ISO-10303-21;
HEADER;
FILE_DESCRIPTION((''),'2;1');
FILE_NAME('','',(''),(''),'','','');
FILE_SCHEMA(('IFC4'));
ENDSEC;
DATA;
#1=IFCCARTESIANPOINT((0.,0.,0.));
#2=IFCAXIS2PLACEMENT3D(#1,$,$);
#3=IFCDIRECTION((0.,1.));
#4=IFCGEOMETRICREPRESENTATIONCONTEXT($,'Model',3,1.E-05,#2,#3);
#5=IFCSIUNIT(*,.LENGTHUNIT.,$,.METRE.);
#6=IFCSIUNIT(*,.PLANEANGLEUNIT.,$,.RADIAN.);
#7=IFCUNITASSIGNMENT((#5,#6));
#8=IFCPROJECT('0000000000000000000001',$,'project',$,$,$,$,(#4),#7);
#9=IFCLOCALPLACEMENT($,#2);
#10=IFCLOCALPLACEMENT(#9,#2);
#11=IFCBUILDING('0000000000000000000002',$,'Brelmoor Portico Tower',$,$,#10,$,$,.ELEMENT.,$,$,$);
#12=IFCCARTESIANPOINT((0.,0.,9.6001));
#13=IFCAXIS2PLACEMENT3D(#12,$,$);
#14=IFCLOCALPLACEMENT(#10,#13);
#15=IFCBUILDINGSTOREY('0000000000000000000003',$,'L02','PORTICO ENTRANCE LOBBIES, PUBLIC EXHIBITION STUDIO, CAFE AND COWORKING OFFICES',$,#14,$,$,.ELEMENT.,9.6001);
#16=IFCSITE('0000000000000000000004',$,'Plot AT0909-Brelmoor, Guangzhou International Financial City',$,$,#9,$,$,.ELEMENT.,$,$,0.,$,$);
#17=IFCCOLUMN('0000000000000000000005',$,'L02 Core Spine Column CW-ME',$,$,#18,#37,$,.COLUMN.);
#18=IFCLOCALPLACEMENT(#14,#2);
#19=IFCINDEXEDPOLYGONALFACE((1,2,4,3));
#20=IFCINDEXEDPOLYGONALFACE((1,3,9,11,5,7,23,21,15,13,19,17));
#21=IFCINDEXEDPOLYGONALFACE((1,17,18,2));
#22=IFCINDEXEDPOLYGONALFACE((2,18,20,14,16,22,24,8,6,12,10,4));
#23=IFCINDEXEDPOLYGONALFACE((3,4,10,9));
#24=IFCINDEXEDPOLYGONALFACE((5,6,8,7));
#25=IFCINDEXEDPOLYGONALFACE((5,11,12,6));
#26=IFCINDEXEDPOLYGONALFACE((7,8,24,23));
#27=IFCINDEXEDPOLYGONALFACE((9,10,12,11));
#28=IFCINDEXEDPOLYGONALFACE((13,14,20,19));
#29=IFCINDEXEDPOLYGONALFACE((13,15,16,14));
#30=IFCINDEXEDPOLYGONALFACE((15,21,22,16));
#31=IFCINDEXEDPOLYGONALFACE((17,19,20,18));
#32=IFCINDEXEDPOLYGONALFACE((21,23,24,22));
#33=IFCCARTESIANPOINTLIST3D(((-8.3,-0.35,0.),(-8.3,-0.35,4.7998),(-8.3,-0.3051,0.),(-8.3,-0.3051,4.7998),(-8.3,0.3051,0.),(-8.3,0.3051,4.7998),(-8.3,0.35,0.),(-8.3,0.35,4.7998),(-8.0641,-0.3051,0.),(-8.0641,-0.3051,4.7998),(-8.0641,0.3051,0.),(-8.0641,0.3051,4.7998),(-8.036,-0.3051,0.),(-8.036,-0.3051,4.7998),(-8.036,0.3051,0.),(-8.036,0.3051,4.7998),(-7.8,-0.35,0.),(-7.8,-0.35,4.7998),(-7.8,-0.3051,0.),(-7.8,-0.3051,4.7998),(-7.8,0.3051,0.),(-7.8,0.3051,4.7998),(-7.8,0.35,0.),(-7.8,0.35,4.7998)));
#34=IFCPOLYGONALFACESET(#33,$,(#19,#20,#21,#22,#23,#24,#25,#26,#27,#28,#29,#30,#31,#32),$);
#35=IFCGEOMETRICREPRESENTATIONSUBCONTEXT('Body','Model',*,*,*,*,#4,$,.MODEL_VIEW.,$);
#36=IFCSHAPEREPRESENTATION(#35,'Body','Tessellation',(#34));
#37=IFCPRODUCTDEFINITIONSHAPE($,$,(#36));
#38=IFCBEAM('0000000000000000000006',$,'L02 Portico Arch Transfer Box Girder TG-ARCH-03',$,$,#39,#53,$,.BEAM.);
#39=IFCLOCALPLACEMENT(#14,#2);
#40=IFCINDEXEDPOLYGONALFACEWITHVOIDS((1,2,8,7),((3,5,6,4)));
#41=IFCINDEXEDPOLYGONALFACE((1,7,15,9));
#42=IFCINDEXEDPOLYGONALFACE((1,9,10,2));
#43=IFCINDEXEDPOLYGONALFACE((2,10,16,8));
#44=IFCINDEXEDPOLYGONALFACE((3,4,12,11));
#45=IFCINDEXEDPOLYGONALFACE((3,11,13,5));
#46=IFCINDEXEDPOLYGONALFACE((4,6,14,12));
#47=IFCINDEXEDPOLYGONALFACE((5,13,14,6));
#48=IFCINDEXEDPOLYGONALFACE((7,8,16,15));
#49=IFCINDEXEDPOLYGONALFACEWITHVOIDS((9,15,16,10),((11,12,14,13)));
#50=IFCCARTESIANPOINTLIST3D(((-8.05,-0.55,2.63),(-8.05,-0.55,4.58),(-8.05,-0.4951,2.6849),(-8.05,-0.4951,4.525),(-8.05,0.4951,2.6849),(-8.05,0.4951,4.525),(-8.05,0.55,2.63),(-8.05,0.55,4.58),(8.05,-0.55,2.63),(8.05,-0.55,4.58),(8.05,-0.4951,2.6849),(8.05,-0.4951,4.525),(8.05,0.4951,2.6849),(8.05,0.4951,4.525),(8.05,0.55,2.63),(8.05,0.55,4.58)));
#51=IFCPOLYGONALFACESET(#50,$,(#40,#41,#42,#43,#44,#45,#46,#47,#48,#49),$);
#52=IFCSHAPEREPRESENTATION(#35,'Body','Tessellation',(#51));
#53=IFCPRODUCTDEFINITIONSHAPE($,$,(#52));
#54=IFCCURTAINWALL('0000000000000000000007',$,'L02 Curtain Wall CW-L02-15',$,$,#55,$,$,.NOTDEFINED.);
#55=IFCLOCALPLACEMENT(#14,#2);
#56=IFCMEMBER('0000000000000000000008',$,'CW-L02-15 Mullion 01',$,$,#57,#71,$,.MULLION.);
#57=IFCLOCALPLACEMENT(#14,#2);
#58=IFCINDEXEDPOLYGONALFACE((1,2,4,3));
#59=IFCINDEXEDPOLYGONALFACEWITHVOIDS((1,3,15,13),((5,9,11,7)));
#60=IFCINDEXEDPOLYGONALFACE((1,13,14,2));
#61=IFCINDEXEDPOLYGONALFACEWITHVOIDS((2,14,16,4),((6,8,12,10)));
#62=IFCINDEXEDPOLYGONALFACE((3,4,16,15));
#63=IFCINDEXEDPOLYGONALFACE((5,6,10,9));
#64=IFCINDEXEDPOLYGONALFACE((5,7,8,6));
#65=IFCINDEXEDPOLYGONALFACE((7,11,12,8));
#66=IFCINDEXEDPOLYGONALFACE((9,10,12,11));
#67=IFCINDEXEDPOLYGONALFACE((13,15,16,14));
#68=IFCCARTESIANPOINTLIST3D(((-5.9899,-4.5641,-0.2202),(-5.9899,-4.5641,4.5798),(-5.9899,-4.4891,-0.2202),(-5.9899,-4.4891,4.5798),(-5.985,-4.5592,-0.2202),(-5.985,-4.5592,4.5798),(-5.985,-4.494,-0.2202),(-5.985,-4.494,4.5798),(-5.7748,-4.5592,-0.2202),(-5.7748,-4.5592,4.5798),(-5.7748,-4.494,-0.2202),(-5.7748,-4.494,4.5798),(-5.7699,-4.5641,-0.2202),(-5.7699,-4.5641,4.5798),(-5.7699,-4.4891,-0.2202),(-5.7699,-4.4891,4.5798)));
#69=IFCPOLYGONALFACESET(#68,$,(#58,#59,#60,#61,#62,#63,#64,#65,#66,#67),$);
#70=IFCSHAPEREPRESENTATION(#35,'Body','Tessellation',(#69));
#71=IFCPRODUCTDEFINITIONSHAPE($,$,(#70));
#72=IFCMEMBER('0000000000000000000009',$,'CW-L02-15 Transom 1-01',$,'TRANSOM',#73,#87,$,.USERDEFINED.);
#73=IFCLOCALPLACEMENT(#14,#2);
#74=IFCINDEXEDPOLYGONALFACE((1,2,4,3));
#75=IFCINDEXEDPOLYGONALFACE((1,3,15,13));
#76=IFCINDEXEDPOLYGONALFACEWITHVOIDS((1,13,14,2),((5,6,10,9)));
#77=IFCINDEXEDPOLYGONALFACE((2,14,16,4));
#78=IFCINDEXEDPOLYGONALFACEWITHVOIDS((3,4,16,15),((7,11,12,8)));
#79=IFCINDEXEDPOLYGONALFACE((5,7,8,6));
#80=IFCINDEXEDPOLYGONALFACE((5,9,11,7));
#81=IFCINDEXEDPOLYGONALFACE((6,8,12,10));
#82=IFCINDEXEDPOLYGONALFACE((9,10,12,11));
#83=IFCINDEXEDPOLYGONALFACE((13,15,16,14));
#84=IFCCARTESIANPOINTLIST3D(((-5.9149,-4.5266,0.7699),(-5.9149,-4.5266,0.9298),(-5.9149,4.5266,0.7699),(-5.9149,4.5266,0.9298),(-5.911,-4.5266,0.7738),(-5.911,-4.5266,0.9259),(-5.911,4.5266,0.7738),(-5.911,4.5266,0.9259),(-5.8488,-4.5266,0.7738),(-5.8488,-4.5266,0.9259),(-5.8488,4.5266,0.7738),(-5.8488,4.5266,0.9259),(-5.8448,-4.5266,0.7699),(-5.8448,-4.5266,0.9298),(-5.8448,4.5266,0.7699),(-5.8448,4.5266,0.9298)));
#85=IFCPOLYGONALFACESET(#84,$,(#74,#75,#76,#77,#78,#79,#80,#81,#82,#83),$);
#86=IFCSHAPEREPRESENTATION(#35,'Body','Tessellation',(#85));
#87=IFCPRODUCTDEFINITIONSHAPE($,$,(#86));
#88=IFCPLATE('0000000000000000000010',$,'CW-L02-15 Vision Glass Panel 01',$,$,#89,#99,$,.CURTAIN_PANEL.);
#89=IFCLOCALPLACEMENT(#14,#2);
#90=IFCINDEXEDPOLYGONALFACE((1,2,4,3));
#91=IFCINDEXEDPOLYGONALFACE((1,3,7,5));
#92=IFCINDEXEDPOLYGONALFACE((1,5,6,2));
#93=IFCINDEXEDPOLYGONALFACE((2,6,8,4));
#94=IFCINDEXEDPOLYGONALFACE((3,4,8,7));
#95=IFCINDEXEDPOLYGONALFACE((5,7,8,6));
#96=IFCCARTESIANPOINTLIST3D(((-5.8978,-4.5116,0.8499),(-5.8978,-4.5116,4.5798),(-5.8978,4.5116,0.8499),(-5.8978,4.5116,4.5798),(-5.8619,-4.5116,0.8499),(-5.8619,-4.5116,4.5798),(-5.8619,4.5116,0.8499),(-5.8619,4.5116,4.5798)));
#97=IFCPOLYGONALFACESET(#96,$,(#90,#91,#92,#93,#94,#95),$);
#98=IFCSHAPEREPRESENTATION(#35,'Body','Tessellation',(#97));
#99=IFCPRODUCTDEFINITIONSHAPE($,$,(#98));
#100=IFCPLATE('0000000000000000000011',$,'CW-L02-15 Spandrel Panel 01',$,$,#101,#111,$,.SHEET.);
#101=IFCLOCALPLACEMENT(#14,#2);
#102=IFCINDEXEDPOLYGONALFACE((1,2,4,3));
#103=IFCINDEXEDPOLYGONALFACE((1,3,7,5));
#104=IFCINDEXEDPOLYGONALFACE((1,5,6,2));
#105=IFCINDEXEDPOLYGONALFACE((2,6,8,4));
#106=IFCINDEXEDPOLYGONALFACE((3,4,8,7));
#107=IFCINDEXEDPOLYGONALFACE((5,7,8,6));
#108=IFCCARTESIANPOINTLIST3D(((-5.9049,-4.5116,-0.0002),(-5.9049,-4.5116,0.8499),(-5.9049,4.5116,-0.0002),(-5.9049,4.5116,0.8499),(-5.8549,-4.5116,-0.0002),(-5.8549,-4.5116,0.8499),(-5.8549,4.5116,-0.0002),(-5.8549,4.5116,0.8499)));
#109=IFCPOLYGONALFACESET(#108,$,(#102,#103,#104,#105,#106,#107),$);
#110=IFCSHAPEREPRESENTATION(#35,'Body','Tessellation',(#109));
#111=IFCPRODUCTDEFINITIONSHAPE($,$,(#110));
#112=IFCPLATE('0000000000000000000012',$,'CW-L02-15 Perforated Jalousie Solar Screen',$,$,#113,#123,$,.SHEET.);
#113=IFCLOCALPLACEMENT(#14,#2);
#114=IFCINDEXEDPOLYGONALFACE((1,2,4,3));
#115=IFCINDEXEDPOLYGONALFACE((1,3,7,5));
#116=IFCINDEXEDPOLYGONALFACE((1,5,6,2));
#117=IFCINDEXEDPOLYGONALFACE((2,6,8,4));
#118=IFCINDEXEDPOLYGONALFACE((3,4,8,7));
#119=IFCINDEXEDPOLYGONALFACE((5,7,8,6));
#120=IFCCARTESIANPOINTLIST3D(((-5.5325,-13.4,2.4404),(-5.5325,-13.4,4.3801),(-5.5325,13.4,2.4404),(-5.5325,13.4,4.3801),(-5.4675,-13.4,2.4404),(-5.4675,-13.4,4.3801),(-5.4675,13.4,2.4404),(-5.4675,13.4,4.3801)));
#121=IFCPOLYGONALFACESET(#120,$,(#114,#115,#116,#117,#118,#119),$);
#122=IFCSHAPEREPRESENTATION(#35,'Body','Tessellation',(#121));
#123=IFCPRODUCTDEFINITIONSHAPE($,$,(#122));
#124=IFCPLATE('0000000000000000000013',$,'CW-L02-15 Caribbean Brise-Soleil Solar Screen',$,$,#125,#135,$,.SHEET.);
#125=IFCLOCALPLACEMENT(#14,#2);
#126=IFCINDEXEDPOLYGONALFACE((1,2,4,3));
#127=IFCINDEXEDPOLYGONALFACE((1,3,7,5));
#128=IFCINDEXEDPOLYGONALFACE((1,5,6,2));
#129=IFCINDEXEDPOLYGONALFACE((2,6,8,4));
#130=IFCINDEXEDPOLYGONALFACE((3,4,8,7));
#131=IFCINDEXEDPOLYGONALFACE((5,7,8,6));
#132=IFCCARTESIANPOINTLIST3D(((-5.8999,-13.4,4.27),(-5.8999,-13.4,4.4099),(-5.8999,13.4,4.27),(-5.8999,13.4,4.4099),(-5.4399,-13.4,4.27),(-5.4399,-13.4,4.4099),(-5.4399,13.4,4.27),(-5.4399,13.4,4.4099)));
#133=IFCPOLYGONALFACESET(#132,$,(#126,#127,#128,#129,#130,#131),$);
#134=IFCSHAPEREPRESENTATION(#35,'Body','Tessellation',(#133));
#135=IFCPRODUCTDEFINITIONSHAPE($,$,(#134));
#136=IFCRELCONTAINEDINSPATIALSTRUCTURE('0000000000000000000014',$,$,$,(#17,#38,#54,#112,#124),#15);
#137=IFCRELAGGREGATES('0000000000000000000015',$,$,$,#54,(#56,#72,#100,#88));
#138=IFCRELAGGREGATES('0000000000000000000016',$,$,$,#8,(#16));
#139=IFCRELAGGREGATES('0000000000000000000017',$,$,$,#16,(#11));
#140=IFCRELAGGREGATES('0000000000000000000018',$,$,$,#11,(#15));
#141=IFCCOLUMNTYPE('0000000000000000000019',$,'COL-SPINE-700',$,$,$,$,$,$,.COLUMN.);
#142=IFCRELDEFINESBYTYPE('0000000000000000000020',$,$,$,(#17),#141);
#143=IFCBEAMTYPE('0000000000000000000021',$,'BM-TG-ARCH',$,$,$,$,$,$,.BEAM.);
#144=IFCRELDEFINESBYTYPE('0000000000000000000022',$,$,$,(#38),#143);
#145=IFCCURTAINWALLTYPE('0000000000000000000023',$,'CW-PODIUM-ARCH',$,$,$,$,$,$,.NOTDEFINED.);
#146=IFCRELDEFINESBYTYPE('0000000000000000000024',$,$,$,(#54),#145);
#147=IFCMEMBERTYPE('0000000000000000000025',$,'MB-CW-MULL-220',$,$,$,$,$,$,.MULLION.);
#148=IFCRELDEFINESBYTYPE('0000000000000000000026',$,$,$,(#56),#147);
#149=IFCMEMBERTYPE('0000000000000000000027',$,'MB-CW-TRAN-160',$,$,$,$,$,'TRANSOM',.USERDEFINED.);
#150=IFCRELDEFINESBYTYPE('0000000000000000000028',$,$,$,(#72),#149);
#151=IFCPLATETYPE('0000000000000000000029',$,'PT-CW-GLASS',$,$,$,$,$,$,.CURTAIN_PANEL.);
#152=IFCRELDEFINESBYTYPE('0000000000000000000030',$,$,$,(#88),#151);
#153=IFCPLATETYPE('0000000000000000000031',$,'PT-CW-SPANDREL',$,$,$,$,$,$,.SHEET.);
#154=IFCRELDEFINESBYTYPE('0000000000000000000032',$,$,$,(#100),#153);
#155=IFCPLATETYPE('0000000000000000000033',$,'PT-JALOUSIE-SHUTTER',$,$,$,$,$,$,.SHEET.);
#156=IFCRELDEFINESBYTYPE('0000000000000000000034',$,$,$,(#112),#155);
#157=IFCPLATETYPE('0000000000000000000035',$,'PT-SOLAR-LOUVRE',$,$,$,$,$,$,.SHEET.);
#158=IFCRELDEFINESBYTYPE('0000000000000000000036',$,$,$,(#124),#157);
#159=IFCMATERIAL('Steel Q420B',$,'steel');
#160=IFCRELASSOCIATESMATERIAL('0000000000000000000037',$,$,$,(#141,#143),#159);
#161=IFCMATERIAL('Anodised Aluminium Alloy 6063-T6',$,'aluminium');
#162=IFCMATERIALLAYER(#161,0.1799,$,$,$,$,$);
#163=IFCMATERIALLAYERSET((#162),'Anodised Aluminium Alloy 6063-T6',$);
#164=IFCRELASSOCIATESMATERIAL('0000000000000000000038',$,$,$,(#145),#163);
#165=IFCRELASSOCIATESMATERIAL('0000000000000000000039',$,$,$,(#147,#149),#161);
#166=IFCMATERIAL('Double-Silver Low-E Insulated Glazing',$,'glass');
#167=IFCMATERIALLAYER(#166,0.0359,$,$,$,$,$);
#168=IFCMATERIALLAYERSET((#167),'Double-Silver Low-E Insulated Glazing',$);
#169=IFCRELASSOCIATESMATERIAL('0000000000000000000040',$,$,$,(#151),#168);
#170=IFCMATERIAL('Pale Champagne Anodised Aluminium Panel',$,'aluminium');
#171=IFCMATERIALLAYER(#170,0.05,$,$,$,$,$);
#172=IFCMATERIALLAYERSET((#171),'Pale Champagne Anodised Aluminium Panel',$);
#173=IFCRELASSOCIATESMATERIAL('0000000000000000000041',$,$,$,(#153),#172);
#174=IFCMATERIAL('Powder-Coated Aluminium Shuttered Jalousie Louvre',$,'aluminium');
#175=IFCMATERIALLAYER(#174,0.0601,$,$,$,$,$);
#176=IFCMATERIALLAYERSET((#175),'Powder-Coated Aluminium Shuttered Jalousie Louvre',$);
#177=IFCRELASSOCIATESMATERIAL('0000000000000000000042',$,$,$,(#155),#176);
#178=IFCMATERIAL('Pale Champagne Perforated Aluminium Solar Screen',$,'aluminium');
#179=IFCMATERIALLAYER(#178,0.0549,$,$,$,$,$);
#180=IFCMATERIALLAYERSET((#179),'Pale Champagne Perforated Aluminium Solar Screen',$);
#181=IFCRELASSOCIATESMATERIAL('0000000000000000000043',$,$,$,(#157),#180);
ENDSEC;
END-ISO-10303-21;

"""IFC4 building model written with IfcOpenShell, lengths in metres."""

from ifc_helpers import new_model, si_unit, direction, frame, origin, origin_2d, place, context, subcontext, project, spatial, rectangle, hollow_rectangle, i_section, extrude, material, layer, layer_set, material_profile, profile_set, type_object, element, aggregate, save


model = new_model("IFC4")

# Units and contexts
model_context = context("Model", 3, precision=1e-05, world=origin(), true_north=direction((0.0, 1.0)))
body_context = subcontext(model_context, "Body", "Model", "MODEL_VIEW")
ifc_project = project(units=[si_unit("LENGTHUNIT", "METRE"), si_unit("PLANEANGLEUNIT", "RADIAN")], contexts=[model_context])

# Site, building, storey
site_placement = place(None, origin())
site = spatial("IfcSite", under=ifc_project, at=site_placement, Name="Plot AT0909-Brelmoor, Guangzhou International Financial City", CompositionType="ELEMENT", RefElevation=0.0)
building_placement = place(site_placement, origin())
building = spatial("IfcBuilding", under=site, at=building_placement, Name="Brelmoor Portico Tower", CompositionType="ELEMENT")
storey_placement = place(building_placement, frame((0.0, 0.0, 9.6001)))
storey = spatial("IfcBuildingStorey", under=building, at=storey_placement, Name="L02", Description="PORTICO ENTRANCE LOBBIES, PUBLIC EXHIBITION STUDIO, CAFE AND COWORKING OFFICES", CompositionType="ELEMENT", Elevation=9.6001)

# Column
ifc_material_1 = material(Name="Steel Q420B", Category="steel")
ifc_material_profile_1 = material_profile(ifc_material_1, i_section(OverallWidth=0.5, OverallDepth=0.7, WebThickness=0.0281, FlangeThickness=0.0449, at=origin_2d()), Name="HW 700x500x28x45")
ifc_profile_set_1 = profile_set([ifc_material_profile_1], Name="Steel Q420B")
column_type = type_object("IfcColumnType", Name="COL-SPINE-700", PredefinedType="COLUMN", material=ifc_profile_set_1)
column_placement = place(storey_placement, frame((-8.05, 0.0, 0.0), z_axis=(0.0, 0.0, 1.0), x_axis=(1.0, 0.0, 0.0)))
element("IfcColumn", 1, at=column_placement, inside=storey, type_object=column_type, Name="L02 Core Spine Column CW-ME", PredefinedType="COLUMN", context=body_context, shape_type="SweptSolid", body=[
    extrude(i_section(OverallWidth=0.5, OverallDepth=0.7, WebThickness=0.0281, FlangeThickness=0.0449, at=origin_2d()), origin(), (0.0, 0.0, 1.0), 4.7998),
])

# Beam
ifc_material_profile_2 = material_profile(ifc_material_1, hollow_rectangle(XDim=1.1001, YDim=1.95, WallThickness=0.0549, at=origin_2d()), Name="BOX 1100x1950x55")
ifc_profile_set_2 = profile_set([ifc_material_profile_2], Name="Steel Q420B")
beam_type = type_object("IfcBeamType", Name="BM-TG-ARCH", PredefinedType="BEAM", material=ifc_profile_set_2)
beam_placement = place(storey_placement, frame((-8.05, 0.0, 3.605), z_axis=(1.0, 0.0, 0.0), x_axis=(0.0, 1.0, 0.0)))
element("IfcBeam", 2, at=beam_placement, inside=storey, type_object=beam_type, Name="L02 Portico Arch Transfer Box Girder TG-ARCH-03", PredefinedType="BEAM", context=body_context, shape_type="SweptSolid", body=[
    extrude(hollow_rectangle(XDim=1.1001, YDim=1.95, WallThickness=0.0549, at=origin_2d()), origin(), (0.0, 0.0, 1.0), 16.1001),
])

# Curtain wall, members, plates
ifc_material_2 = material(Name="Anodised Aluminium Alloy 6063-T6", Category="aluminium")
ifc_layer_1 = layer(ifc_material_2, 0.1799)
ifc_layer_set_1 = layer_set([ifc_layer_1], Name="Anodised Aluminium Alloy 6063-T6")
curtain_wall_type = type_object("IfcCurtainWallType", Name="CW-PODIUM-ARCH", PredefinedType="NOTDEFINED", material=ifc_layer_set_1)
curtain_wall_placement = place(storey_placement, origin())
curtain_wall = element("IfcCurtainWall", 3, at=curtain_wall_placement, inside=storey, type_object=curtain_wall_type, Name="L02 Curtain Wall CW-L02-15", PredefinedType="NOTDEFINED")
ifc_material_profile_3 = material_profile(ifc_material_2, hollow_rectangle(XDim=0.075, YDim=0.22, WallThickness=0.0049, at=origin_2d()), Name="ALU MULLION 75x220")
ifc_profile_set_3 = profile_set([ifc_material_profile_3], Name="Anodised Aluminium Alloy 6063-T6")
member_type_1 = type_object("IfcMemberType", Name="MB-CW-MULL-220", PredefinedType="MULLION", material=ifc_profile_set_3)
member_1_placement = place(storey_placement, frame((-5.8799, -4.5266, -0.2202), z_axis=(0.0, 0.0, 1.0), x_axis=(0.0, 1.0, 0.0)))
member_1 = element("IfcMember", 4, at=member_1_placement, type_object=member_type_1, Name="CW-L02-15 Mullion 01", PredefinedType="MULLION", context=body_context, shape_type="SweptSolid", body=[
    extrude(hollow_rectangle(XDim=0.075, YDim=0.22, WallThickness=0.0049, at=origin_2d()), origin(), (0.0, 0.0, 1.0), 4.8),
])
ifc_material_profile_4 = material_profile(ifc_material_2, hollow_rectangle(XDim=0.0701, YDim=0.1599, WallThickness=0.0039, at=origin_2d()), Name="ALU TRANSOM 70x160")
ifc_profile_set_4 = profile_set([ifc_material_profile_4], Name="Anodised Aluminium Alloy 6063-T6")
member_type_2 = type_object("IfcMemberType", Name="MB-CW-TRAN-160", ElementType="TRANSOM", PredefinedType="USERDEFINED", material=ifc_profile_set_4)
member_2_placement = place(storey_placement, frame((-5.8799, -4.5266, 0.8499), z_axis=(0.0, 1.0, 0.0), x_axis=(-1.0, 0.0, 0.0)))
member_2 = element("IfcMember", 5, at=member_2_placement, type_object=member_type_2, Name="CW-L02-15 Transom 1-01", ObjectType="TRANSOM", PredefinedType="USERDEFINED", context=body_context, shape_type="SweptSolid", body=[
    extrude(hollow_rectangle(XDim=0.0701, YDim=0.1599, WallThickness=0.0039, at=origin_2d()), origin(), (0.0, 0.0, 1.0), 9.0532),
])
ifc_material_3 = material(Name="Double-Silver Low-E Insulated Glazing", Category="glass")
ifc_layer_2 = layer(ifc_material_3, 0.0359)
ifc_layer_set_2 = layer_set([ifc_layer_2], Name="Double-Silver Low-E Insulated Glazing")
plate_type_1 = type_object("IfcPlateType", Name="PT-CW-GLASS", PredefinedType="CURTAIN_PANEL", material=ifc_layer_set_2)
plate_1_placement = place(storey_placement, frame((-5.8799, 0.0, 0.8499), z_axis=(0.0, 0.0, 1.0), x_axis=(0.0, 1.0, 0.0)))
plate_1 = element("IfcPlate", 6, at=plate_1_placement, type_object=plate_type_1, Name="CW-L02-15 Vision Glass Panel 01", PredefinedType="CURTAIN_PANEL", context=body_context, shape_type="SweptSolid", body=[
    extrude(rectangle(XDim=9.0232, YDim=0.0359, at=origin_2d()), origin(), (0.0, 0.0, 1.0), 3.73),
])
ifc_material_4 = material(Name="Pale Champagne Anodised Aluminium Panel", Category="aluminium")
ifc_layer_3 = layer(ifc_material_4, 0.05)
ifc_layer_set_3 = layer_set([ifc_layer_3], Name="Pale Champagne Anodised Aluminium Panel")
plate_type_2 = type_object("IfcPlateType", Name="PT-CW-SPANDREL", PredefinedType="SHEET", material=ifc_layer_set_3)
plate_2_placement = place(storey_placement, frame((-5.8799, 0.0, -0.0002), z_axis=(0.0, 0.0, 1.0), x_axis=(0.0, 1.0, 0.0)))
plate_2 = element("IfcPlate", 7, at=plate_2_placement, type_object=plate_type_2, Name="CW-L02-15 Spandrel Panel 01", PredefinedType="SHEET", context=body_context, shape_type="SweptSolid", body=[
    extrude(rectangle(XDim=9.0232, YDim=0.05, at=origin_2d()), origin(), (0.0, 0.0, 1.0), 0.8501),
])
aggregate(curtain_wall, [member_1, member_2, plate_2, plate_1])

# Plates
ifc_material_5 = material(Name="Powder-Coated Aluminium Shuttered Jalousie Louvre", Category="aluminium")
ifc_layer_4 = layer(ifc_material_5, 0.0601)
ifc_layer_set_4 = layer_set([ifc_layer_4], Name="Powder-Coated Aluminium Shuttered Jalousie Louvre")
plate_type_3 = type_object("IfcPlateType", Name="PT-JALOUSIE-SHUTTER", PredefinedType="SHEET", material=ifc_layer_set_4)
plate_3_placement = place(storey_placement, frame((-5.5, 0.0, 2.4404), z_axis=(0.0, 0.0, 1.0), x_axis=(0.0, 1.0, 0.0)))
element("IfcPlate", 8, at=plate_3_placement, inside=storey, type_object=plate_type_3, Name="CW-L02-15 Perforated Jalousie Solar Screen", PredefinedType="SHEET", context=body_context, shape_type="SweptSolid", body=[
    extrude(rectangle(XDim=26.8, YDim=0.0649, at=origin_2d()), origin(), (0.0, 0.0, 1.0), 1.9397),
])
ifc_material_6 = material(Name="Pale Champagne Perforated Aluminium Solar Screen", Category="aluminium")
ifc_layer_5 = layer(ifc_material_6, 0.0549)
ifc_layer_set_5 = layer_set([ifc_layer_5], Name="Pale Champagne Perforated Aluminium Solar Screen")
plate_type_4 = type_object("IfcPlateType", Name="PT-SOLAR-LOUVRE", PredefinedType="SHEET", material=ifc_layer_set_5)
plate_4_placement = place(storey_placement, frame((-5.6699, 0.0, 4.27), z_axis=(0.0, 0.0, 1.0), x_axis=(0.0, 1.0, 0.0)))
element("IfcPlate", 9, at=plate_4_placement, inside=storey, type_object=plate_type_4, Name="CW-L02-15 Caribbean Brise-Soleil Solar Screen", PredefinedType="SHEET", context=body_context, shape_type="SweptSolid", body=[
    extrude(rectangle(XDim=26.8, YDim=0.46, at=origin_2d()), origin(), (0.0, 0.0, 1.0), 0.1399),
])

save(model, "model.ifc")
